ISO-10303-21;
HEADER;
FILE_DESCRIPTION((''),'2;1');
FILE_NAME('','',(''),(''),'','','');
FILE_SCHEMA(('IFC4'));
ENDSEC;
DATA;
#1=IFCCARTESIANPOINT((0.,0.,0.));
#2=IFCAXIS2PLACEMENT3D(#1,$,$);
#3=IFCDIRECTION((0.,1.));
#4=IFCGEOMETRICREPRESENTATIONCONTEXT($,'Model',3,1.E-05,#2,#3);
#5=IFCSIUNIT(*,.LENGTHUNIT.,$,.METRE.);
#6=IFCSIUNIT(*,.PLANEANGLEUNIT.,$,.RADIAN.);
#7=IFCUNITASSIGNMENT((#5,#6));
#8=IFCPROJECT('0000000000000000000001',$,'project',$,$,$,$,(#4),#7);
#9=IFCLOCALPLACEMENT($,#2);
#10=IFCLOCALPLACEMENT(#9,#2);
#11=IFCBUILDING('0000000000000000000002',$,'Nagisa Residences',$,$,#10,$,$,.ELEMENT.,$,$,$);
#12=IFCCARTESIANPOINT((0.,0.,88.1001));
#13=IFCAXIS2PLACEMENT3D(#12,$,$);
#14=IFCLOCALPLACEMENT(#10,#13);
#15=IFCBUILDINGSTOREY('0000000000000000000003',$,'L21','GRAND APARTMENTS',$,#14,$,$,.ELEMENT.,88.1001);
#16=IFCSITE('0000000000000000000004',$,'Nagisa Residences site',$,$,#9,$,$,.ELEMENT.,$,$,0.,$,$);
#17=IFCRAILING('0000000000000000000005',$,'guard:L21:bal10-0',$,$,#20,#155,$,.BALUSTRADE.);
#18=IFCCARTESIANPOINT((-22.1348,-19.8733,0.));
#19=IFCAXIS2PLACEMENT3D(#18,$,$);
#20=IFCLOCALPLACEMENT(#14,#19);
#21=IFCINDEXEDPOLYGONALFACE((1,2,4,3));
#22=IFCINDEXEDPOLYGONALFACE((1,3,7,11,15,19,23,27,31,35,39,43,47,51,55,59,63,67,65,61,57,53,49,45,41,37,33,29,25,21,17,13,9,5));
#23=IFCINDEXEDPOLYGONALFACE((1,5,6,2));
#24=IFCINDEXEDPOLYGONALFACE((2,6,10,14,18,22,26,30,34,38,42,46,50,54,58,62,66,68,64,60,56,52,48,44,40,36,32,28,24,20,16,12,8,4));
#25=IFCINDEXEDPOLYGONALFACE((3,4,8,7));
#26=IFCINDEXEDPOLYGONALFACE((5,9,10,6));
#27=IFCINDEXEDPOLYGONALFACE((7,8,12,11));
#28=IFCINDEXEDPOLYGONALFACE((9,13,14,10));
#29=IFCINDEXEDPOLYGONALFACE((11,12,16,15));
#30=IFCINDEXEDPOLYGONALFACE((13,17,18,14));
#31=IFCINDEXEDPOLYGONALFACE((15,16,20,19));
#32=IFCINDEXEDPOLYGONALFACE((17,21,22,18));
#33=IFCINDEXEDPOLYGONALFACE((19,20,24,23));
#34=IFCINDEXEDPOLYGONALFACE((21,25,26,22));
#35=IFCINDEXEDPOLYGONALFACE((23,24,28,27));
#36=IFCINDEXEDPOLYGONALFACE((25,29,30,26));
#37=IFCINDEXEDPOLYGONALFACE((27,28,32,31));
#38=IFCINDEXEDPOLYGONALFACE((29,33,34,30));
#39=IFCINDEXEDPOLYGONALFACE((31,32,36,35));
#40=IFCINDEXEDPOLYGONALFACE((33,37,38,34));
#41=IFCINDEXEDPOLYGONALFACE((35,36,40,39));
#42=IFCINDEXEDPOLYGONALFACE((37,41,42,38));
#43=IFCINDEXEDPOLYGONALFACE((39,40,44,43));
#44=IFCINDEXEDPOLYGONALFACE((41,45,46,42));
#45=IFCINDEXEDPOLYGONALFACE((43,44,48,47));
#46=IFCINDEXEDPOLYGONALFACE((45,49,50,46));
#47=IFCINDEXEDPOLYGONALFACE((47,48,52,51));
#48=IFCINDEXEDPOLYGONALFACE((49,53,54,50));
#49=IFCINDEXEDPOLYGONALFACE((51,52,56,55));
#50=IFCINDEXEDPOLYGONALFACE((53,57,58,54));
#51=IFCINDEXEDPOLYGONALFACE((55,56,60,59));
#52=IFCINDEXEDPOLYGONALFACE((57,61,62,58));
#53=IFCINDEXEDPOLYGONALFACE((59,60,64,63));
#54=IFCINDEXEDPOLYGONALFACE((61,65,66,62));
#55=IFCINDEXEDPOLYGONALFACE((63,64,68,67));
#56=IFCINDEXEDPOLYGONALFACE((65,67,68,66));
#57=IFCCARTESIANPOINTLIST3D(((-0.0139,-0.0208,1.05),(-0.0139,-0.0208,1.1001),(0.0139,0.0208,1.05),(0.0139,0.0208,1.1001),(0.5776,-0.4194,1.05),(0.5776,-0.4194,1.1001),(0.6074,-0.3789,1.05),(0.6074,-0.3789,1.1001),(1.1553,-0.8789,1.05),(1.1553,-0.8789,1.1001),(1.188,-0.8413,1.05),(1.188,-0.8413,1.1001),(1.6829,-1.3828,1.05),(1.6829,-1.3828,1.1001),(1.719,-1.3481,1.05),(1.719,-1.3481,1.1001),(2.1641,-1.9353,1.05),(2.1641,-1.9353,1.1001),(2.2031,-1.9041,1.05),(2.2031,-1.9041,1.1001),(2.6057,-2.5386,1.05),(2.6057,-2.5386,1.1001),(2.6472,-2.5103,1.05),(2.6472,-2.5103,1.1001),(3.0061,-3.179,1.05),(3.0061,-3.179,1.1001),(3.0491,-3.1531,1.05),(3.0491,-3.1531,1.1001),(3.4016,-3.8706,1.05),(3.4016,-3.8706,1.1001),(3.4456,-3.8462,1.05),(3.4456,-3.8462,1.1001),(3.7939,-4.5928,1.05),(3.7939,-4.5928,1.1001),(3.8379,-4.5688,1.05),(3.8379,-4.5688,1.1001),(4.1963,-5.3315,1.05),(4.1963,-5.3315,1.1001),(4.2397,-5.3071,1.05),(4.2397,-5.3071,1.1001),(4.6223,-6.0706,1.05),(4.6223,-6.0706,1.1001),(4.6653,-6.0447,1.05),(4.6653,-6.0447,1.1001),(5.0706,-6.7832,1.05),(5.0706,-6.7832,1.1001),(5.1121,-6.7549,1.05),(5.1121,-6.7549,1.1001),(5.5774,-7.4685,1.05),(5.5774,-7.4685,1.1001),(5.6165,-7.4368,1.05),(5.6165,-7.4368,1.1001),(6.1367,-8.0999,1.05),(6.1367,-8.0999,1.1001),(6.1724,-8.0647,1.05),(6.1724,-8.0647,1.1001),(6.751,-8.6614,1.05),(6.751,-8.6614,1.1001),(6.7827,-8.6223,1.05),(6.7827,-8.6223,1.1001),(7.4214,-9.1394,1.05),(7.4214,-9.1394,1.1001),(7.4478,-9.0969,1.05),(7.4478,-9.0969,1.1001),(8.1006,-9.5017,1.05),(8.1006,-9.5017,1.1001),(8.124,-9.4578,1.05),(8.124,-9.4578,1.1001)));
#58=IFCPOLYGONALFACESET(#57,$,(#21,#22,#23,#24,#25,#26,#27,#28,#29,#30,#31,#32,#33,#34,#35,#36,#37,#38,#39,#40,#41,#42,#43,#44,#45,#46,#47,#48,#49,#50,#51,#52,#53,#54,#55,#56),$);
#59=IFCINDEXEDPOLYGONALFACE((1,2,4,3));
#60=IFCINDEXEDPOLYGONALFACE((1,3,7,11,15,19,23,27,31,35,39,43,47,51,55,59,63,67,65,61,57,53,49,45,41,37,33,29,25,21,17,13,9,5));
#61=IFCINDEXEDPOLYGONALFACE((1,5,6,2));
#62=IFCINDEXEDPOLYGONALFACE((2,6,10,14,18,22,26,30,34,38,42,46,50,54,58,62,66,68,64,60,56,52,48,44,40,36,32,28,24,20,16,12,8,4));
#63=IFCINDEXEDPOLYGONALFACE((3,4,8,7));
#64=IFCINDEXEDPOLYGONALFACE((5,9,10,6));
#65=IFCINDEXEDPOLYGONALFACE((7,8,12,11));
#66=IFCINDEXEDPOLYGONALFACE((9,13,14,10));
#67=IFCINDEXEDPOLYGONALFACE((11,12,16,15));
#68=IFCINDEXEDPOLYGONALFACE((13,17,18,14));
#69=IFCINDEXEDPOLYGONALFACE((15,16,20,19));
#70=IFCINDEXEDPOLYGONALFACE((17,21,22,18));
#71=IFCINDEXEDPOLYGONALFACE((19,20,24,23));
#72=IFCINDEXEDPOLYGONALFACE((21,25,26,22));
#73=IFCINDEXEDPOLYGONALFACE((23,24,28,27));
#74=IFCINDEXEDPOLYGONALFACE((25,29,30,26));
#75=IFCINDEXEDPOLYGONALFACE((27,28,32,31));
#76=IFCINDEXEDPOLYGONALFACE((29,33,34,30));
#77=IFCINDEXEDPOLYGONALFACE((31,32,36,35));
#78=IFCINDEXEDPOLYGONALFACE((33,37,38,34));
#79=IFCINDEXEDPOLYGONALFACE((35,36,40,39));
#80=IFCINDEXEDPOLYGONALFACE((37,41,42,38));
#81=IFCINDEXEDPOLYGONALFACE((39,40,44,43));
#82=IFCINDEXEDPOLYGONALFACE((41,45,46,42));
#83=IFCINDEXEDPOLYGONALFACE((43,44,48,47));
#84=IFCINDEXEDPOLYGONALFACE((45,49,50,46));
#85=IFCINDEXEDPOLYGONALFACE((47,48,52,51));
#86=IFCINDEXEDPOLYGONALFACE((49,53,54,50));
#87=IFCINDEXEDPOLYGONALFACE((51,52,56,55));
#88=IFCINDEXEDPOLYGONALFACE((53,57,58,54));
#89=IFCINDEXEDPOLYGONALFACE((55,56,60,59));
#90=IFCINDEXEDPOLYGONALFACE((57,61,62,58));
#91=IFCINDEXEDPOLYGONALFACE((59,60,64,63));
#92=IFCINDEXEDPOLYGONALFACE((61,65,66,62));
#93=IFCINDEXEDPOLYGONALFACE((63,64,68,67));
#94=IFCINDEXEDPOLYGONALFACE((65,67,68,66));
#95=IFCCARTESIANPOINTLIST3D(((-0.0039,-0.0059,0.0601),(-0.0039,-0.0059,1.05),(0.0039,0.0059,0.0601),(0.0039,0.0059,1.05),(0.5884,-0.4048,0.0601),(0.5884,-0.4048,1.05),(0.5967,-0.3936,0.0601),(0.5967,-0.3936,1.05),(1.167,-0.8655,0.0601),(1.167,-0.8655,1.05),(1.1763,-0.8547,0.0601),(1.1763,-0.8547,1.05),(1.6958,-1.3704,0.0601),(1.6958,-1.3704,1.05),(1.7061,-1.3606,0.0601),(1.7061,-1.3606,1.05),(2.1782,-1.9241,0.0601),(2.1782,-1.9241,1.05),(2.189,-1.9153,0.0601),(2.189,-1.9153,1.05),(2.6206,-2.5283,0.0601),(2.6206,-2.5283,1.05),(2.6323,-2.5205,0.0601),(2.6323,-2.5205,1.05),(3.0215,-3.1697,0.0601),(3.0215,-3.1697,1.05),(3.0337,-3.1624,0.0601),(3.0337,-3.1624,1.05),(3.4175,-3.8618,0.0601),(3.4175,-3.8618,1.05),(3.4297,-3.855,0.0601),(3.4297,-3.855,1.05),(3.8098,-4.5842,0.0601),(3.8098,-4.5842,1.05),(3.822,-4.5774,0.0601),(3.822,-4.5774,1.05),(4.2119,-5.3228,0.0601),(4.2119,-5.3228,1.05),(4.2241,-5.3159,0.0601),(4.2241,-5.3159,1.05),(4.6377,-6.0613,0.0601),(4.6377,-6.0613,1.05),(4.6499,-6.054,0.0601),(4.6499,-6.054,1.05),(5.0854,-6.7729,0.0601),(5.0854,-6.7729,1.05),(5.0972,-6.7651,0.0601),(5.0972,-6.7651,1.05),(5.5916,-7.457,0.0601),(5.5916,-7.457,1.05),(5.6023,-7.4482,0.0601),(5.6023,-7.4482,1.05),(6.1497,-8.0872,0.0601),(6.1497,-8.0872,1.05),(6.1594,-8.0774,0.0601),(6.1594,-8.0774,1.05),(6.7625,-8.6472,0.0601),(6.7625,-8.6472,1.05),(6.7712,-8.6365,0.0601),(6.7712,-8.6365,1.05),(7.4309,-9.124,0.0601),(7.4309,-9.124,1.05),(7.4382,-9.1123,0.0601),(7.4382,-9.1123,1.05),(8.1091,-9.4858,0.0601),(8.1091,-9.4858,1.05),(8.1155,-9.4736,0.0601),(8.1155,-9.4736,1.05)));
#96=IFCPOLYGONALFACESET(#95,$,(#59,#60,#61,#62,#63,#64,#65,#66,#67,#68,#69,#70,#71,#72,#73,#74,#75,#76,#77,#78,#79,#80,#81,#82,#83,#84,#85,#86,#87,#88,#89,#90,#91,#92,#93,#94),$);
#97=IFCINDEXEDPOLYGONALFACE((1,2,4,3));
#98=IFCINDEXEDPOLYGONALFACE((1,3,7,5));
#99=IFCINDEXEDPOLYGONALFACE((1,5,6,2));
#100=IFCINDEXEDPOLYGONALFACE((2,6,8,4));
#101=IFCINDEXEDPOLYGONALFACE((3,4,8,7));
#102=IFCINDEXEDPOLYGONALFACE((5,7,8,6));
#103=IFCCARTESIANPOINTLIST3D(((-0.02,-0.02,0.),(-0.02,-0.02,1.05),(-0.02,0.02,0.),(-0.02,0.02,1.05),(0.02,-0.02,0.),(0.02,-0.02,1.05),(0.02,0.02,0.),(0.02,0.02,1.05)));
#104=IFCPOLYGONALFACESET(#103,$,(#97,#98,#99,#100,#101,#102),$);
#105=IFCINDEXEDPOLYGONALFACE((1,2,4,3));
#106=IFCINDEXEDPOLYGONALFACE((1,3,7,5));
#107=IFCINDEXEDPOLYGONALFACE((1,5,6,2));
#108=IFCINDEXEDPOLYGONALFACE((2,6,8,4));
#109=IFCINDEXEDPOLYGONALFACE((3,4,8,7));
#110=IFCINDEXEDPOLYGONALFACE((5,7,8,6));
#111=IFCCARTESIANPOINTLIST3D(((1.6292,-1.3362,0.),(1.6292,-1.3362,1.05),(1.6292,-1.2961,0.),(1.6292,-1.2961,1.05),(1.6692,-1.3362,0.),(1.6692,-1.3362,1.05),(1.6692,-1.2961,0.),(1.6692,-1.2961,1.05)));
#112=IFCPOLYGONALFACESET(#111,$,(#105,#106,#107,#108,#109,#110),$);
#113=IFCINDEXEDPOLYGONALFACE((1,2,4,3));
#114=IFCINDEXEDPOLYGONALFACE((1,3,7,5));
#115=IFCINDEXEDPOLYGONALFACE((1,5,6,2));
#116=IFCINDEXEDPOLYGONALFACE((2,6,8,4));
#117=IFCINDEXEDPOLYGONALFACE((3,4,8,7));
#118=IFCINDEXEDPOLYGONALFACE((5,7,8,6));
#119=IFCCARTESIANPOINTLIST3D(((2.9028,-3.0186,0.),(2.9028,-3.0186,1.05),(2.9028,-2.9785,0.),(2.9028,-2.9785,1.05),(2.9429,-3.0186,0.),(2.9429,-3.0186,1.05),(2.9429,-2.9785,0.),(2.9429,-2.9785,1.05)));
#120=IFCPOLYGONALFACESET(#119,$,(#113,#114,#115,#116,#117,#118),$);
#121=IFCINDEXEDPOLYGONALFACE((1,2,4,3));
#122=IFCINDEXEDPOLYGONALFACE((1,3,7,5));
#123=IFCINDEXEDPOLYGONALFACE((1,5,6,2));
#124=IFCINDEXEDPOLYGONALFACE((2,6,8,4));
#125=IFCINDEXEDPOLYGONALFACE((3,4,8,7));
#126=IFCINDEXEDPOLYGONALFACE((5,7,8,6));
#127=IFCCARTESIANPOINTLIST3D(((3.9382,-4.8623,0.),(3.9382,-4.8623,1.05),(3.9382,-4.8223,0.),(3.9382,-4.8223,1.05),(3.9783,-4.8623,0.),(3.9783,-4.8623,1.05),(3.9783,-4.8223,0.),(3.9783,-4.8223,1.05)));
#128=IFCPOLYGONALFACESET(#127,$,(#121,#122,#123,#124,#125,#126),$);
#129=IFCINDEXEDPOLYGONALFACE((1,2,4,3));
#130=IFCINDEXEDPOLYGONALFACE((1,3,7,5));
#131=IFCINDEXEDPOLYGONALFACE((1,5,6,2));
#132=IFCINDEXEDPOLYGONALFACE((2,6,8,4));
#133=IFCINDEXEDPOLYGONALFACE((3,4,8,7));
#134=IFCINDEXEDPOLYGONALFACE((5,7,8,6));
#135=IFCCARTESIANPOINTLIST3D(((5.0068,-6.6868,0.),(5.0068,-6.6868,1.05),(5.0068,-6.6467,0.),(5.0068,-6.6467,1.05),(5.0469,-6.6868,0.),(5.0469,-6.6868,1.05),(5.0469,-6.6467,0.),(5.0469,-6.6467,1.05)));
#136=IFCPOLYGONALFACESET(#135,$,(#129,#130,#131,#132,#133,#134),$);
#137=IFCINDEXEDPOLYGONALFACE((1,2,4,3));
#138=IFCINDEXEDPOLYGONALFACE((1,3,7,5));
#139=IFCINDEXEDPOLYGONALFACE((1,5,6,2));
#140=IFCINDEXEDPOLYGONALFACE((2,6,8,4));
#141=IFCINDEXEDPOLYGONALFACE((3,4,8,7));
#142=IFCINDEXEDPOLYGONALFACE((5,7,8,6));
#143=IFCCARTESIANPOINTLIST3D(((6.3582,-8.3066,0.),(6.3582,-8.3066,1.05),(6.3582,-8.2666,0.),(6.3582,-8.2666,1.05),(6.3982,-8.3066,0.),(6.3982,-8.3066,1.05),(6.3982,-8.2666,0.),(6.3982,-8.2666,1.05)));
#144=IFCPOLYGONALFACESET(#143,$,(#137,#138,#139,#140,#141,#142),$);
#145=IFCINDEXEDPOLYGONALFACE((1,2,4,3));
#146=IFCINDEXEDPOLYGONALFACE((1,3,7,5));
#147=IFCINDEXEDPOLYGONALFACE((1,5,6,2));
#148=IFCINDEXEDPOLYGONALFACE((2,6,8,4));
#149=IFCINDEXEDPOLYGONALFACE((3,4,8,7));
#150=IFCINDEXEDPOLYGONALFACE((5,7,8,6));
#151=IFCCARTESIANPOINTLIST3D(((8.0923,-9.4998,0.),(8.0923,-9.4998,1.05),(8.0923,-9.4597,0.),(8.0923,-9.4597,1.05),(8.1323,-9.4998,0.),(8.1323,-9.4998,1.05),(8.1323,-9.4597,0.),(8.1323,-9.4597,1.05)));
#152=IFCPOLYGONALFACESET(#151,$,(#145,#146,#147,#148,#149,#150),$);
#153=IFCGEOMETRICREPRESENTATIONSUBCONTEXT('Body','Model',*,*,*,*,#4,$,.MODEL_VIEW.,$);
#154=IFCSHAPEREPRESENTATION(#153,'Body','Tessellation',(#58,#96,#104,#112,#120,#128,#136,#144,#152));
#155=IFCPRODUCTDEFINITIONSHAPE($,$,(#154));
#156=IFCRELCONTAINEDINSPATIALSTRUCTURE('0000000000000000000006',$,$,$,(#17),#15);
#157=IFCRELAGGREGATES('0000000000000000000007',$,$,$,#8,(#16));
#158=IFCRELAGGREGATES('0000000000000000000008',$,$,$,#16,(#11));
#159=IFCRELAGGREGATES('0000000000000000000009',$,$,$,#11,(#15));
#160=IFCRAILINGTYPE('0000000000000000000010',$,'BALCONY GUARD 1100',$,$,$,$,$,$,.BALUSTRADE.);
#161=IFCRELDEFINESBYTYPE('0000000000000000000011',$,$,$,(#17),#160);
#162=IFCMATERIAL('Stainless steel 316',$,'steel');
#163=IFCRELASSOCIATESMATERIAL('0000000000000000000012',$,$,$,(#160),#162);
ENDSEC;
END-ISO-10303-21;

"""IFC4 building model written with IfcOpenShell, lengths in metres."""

from ifc_helpers import new_model, si_unit, direction, frame, origin, origin_2d, place, context, subcontext, project, spatial, polyline, rectangle, outline, extrude, material, type_object, element, save


model = new_model("IFC4")

# Units and contexts
model_context = context("Model", 3, precision=1e-05, world=origin(), true_north=direction((0.0, 1.0)))
body_context = subcontext(model_context, "Body", "Model", "MODEL_VIEW")
ifc_project = project(units=[si_unit("LENGTHUNIT", "METRE"), si_unit("PLANEANGLEUNIT", "RADIAN")], contexts=[model_context])

# Site, building, storey
site_placement = place(None, origin())
site = spatial("IfcSite", under=ifc_project, at=site_placement, Name="Nagisa Residences site", CompositionType="ELEMENT", RefElevation=0.0)
building_placement = place(site_placement, origin())
building = spatial("IfcBuilding", under=site, at=building_placement, Name="Nagisa Residences", CompositionType="ELEMENT")
storey_placement = place(building_placement, frame((0.0, 0.0, 88.1001)))
storey = spatial("IfcBuildingStorey", under=building, at=storey_placement, Name="L21", Description="GRAND APARTMENTS", CompositionType="ELEMENT", Elevation=88.1001)

# Railing
ifc_material_1 = material(Name="Stainless steel 316", Category="steel")
railing_type = type_object("IfcRailingType", Name="BALCONY GUARD 1100", PredefinedType="BALUSTRADE", material=ifc_material_1)
railing_1_placement = place(storey_placement, frame((-22.1348, -19.8733, 0.0)))
element("IfcRailing", 1, at=railing_1_placement, inside=storey, type_object=railing_type, Name="guard:L21:bal10-0", PredefinedType="BALUSTRADE", context=body_context, shape_type="SweptSolid", body=[
    extrude(outline(polyline([(0.6074, -0.3789), (0.0139, 0.0208), (-0.0139, -0.0208), (0.5776, -0.4194), (1.1553, -0.8789), (1.6829, -1.3828), (2.1641, -1.9353), (2.6057, -2.5386), (3.0061, -3.179), (3.4016, -3.8706), (3.7939, -4.5928), (4.1963, -5.3315), (4.6223, -6.0706), (5.0706, -6.7832), (5.5774, -7.4685), (6.1367, -8.0999), (6.751, -8.6614), (7.4214, -9.1394), (8.1006, -9.5017), (8.124, -9.4578), (7.4478, -9.0969), (6.7827, -8.6223), (6.1724, -8.0647), (5.6165, -7.4368), (5.1121, -6.7549), (4.6653, -6.0447), (4.2397, -5.3071), (3.8379, -4.5688), (3.4456, -3.8462), (3.0491, -3.1531), (2.6472, -2.5103), (2.2031, -1.9041), (1.719, -1.3481), (1.188, -0.8413), (0.6074, -0.3789)])), frame((0.0, 0.0, 1.05)), (0.0, 0.0, 1.0), 0.05),
    extrude(outline(polyline([(0.5967, -0.3936), (0.0039, 0.0059), (-0.0039, -0.0059), (0.5884, -0.4048), (1.167, -0.8655), (1.6958, -1.3704), (2.1782, -1.9241), (2.6206, -2.5283), (3.0215, -3.1697), (3.4175, -3.8618), (3.8098, -4.5842), (4.2119, -5.3228), (4.6377, -6.0613), (5.0854, -6.7729), (5.5916, -7.457), (6.1497, -8.0872), (6.7625, -8.6472), (7.4309, -9.124), (8.1091, -9.4858), (8.1155, -9.4736), (7.4382, -9.1123), (6.7712, -8.6365), (6.1594, -8.0774), (5.6023, -7.4482), (5.0972, -6.7651), (4.6499, -6.054), (4.2241, -5.3159), (3.822, -4.5774), (3.4297, -3.855), (3.0337, -3.1624), (2.6323, -2.5205), (2.189, -1.9153), (1.7061, -1.3606), (1.1763, -0.8547), (0.5967, -0.3936)])), frame((0.0, 0.0, 0.0601)), (0.0, 0.0, 1.0), 0.99),
    extrude(rectangle(XDim=0.04, YDim=0.04, at=origin_2d()), origin(), (0.0, 0.0, 1.0), 1.05),
    extrude(rectangle(XDim=0.04, YDim=0.04, at=origin_2d()), frame((1.6492, -1.3162, 0.0)), (0.0, 0.0, 1.0), 1.05),
    extrude(rectangle(XDim=0.04, YDim=0.04, at=origin_2d()), frame((2.9229, -2.9985, 0.0)), (0.0, 0.0, 1.0), 1.05),
    extrude(rectangle(XDim=0.04, YDim=0.04, at=origin_2d()), frame((3.9583, -4.8423, 0.0)), (0.0, 0.0, 1.0), 1.05),
    extrude(rectangle(XDim=0.04, YDim=0.04, at=origin_2d()), frame((5.0269, -6.6667, 0.0)), (0.0, 0.0, 1.0), 1.05),
    extrude(rectangle(XDim=0.04, YDim=0.04, at=origin_2d()), frame((6.3782, -8.2866, 0.0)), (0.0, 0.0, 1.0), 1.05),
    extrude(rectangle(XDim=0.04, YDim=0.04, at=origin_2d()), frame((8.1123, -9.4797, 0.0)), (0.0, 0.0, 1.0), 1.05),
])

save(model, "model.ifc")
